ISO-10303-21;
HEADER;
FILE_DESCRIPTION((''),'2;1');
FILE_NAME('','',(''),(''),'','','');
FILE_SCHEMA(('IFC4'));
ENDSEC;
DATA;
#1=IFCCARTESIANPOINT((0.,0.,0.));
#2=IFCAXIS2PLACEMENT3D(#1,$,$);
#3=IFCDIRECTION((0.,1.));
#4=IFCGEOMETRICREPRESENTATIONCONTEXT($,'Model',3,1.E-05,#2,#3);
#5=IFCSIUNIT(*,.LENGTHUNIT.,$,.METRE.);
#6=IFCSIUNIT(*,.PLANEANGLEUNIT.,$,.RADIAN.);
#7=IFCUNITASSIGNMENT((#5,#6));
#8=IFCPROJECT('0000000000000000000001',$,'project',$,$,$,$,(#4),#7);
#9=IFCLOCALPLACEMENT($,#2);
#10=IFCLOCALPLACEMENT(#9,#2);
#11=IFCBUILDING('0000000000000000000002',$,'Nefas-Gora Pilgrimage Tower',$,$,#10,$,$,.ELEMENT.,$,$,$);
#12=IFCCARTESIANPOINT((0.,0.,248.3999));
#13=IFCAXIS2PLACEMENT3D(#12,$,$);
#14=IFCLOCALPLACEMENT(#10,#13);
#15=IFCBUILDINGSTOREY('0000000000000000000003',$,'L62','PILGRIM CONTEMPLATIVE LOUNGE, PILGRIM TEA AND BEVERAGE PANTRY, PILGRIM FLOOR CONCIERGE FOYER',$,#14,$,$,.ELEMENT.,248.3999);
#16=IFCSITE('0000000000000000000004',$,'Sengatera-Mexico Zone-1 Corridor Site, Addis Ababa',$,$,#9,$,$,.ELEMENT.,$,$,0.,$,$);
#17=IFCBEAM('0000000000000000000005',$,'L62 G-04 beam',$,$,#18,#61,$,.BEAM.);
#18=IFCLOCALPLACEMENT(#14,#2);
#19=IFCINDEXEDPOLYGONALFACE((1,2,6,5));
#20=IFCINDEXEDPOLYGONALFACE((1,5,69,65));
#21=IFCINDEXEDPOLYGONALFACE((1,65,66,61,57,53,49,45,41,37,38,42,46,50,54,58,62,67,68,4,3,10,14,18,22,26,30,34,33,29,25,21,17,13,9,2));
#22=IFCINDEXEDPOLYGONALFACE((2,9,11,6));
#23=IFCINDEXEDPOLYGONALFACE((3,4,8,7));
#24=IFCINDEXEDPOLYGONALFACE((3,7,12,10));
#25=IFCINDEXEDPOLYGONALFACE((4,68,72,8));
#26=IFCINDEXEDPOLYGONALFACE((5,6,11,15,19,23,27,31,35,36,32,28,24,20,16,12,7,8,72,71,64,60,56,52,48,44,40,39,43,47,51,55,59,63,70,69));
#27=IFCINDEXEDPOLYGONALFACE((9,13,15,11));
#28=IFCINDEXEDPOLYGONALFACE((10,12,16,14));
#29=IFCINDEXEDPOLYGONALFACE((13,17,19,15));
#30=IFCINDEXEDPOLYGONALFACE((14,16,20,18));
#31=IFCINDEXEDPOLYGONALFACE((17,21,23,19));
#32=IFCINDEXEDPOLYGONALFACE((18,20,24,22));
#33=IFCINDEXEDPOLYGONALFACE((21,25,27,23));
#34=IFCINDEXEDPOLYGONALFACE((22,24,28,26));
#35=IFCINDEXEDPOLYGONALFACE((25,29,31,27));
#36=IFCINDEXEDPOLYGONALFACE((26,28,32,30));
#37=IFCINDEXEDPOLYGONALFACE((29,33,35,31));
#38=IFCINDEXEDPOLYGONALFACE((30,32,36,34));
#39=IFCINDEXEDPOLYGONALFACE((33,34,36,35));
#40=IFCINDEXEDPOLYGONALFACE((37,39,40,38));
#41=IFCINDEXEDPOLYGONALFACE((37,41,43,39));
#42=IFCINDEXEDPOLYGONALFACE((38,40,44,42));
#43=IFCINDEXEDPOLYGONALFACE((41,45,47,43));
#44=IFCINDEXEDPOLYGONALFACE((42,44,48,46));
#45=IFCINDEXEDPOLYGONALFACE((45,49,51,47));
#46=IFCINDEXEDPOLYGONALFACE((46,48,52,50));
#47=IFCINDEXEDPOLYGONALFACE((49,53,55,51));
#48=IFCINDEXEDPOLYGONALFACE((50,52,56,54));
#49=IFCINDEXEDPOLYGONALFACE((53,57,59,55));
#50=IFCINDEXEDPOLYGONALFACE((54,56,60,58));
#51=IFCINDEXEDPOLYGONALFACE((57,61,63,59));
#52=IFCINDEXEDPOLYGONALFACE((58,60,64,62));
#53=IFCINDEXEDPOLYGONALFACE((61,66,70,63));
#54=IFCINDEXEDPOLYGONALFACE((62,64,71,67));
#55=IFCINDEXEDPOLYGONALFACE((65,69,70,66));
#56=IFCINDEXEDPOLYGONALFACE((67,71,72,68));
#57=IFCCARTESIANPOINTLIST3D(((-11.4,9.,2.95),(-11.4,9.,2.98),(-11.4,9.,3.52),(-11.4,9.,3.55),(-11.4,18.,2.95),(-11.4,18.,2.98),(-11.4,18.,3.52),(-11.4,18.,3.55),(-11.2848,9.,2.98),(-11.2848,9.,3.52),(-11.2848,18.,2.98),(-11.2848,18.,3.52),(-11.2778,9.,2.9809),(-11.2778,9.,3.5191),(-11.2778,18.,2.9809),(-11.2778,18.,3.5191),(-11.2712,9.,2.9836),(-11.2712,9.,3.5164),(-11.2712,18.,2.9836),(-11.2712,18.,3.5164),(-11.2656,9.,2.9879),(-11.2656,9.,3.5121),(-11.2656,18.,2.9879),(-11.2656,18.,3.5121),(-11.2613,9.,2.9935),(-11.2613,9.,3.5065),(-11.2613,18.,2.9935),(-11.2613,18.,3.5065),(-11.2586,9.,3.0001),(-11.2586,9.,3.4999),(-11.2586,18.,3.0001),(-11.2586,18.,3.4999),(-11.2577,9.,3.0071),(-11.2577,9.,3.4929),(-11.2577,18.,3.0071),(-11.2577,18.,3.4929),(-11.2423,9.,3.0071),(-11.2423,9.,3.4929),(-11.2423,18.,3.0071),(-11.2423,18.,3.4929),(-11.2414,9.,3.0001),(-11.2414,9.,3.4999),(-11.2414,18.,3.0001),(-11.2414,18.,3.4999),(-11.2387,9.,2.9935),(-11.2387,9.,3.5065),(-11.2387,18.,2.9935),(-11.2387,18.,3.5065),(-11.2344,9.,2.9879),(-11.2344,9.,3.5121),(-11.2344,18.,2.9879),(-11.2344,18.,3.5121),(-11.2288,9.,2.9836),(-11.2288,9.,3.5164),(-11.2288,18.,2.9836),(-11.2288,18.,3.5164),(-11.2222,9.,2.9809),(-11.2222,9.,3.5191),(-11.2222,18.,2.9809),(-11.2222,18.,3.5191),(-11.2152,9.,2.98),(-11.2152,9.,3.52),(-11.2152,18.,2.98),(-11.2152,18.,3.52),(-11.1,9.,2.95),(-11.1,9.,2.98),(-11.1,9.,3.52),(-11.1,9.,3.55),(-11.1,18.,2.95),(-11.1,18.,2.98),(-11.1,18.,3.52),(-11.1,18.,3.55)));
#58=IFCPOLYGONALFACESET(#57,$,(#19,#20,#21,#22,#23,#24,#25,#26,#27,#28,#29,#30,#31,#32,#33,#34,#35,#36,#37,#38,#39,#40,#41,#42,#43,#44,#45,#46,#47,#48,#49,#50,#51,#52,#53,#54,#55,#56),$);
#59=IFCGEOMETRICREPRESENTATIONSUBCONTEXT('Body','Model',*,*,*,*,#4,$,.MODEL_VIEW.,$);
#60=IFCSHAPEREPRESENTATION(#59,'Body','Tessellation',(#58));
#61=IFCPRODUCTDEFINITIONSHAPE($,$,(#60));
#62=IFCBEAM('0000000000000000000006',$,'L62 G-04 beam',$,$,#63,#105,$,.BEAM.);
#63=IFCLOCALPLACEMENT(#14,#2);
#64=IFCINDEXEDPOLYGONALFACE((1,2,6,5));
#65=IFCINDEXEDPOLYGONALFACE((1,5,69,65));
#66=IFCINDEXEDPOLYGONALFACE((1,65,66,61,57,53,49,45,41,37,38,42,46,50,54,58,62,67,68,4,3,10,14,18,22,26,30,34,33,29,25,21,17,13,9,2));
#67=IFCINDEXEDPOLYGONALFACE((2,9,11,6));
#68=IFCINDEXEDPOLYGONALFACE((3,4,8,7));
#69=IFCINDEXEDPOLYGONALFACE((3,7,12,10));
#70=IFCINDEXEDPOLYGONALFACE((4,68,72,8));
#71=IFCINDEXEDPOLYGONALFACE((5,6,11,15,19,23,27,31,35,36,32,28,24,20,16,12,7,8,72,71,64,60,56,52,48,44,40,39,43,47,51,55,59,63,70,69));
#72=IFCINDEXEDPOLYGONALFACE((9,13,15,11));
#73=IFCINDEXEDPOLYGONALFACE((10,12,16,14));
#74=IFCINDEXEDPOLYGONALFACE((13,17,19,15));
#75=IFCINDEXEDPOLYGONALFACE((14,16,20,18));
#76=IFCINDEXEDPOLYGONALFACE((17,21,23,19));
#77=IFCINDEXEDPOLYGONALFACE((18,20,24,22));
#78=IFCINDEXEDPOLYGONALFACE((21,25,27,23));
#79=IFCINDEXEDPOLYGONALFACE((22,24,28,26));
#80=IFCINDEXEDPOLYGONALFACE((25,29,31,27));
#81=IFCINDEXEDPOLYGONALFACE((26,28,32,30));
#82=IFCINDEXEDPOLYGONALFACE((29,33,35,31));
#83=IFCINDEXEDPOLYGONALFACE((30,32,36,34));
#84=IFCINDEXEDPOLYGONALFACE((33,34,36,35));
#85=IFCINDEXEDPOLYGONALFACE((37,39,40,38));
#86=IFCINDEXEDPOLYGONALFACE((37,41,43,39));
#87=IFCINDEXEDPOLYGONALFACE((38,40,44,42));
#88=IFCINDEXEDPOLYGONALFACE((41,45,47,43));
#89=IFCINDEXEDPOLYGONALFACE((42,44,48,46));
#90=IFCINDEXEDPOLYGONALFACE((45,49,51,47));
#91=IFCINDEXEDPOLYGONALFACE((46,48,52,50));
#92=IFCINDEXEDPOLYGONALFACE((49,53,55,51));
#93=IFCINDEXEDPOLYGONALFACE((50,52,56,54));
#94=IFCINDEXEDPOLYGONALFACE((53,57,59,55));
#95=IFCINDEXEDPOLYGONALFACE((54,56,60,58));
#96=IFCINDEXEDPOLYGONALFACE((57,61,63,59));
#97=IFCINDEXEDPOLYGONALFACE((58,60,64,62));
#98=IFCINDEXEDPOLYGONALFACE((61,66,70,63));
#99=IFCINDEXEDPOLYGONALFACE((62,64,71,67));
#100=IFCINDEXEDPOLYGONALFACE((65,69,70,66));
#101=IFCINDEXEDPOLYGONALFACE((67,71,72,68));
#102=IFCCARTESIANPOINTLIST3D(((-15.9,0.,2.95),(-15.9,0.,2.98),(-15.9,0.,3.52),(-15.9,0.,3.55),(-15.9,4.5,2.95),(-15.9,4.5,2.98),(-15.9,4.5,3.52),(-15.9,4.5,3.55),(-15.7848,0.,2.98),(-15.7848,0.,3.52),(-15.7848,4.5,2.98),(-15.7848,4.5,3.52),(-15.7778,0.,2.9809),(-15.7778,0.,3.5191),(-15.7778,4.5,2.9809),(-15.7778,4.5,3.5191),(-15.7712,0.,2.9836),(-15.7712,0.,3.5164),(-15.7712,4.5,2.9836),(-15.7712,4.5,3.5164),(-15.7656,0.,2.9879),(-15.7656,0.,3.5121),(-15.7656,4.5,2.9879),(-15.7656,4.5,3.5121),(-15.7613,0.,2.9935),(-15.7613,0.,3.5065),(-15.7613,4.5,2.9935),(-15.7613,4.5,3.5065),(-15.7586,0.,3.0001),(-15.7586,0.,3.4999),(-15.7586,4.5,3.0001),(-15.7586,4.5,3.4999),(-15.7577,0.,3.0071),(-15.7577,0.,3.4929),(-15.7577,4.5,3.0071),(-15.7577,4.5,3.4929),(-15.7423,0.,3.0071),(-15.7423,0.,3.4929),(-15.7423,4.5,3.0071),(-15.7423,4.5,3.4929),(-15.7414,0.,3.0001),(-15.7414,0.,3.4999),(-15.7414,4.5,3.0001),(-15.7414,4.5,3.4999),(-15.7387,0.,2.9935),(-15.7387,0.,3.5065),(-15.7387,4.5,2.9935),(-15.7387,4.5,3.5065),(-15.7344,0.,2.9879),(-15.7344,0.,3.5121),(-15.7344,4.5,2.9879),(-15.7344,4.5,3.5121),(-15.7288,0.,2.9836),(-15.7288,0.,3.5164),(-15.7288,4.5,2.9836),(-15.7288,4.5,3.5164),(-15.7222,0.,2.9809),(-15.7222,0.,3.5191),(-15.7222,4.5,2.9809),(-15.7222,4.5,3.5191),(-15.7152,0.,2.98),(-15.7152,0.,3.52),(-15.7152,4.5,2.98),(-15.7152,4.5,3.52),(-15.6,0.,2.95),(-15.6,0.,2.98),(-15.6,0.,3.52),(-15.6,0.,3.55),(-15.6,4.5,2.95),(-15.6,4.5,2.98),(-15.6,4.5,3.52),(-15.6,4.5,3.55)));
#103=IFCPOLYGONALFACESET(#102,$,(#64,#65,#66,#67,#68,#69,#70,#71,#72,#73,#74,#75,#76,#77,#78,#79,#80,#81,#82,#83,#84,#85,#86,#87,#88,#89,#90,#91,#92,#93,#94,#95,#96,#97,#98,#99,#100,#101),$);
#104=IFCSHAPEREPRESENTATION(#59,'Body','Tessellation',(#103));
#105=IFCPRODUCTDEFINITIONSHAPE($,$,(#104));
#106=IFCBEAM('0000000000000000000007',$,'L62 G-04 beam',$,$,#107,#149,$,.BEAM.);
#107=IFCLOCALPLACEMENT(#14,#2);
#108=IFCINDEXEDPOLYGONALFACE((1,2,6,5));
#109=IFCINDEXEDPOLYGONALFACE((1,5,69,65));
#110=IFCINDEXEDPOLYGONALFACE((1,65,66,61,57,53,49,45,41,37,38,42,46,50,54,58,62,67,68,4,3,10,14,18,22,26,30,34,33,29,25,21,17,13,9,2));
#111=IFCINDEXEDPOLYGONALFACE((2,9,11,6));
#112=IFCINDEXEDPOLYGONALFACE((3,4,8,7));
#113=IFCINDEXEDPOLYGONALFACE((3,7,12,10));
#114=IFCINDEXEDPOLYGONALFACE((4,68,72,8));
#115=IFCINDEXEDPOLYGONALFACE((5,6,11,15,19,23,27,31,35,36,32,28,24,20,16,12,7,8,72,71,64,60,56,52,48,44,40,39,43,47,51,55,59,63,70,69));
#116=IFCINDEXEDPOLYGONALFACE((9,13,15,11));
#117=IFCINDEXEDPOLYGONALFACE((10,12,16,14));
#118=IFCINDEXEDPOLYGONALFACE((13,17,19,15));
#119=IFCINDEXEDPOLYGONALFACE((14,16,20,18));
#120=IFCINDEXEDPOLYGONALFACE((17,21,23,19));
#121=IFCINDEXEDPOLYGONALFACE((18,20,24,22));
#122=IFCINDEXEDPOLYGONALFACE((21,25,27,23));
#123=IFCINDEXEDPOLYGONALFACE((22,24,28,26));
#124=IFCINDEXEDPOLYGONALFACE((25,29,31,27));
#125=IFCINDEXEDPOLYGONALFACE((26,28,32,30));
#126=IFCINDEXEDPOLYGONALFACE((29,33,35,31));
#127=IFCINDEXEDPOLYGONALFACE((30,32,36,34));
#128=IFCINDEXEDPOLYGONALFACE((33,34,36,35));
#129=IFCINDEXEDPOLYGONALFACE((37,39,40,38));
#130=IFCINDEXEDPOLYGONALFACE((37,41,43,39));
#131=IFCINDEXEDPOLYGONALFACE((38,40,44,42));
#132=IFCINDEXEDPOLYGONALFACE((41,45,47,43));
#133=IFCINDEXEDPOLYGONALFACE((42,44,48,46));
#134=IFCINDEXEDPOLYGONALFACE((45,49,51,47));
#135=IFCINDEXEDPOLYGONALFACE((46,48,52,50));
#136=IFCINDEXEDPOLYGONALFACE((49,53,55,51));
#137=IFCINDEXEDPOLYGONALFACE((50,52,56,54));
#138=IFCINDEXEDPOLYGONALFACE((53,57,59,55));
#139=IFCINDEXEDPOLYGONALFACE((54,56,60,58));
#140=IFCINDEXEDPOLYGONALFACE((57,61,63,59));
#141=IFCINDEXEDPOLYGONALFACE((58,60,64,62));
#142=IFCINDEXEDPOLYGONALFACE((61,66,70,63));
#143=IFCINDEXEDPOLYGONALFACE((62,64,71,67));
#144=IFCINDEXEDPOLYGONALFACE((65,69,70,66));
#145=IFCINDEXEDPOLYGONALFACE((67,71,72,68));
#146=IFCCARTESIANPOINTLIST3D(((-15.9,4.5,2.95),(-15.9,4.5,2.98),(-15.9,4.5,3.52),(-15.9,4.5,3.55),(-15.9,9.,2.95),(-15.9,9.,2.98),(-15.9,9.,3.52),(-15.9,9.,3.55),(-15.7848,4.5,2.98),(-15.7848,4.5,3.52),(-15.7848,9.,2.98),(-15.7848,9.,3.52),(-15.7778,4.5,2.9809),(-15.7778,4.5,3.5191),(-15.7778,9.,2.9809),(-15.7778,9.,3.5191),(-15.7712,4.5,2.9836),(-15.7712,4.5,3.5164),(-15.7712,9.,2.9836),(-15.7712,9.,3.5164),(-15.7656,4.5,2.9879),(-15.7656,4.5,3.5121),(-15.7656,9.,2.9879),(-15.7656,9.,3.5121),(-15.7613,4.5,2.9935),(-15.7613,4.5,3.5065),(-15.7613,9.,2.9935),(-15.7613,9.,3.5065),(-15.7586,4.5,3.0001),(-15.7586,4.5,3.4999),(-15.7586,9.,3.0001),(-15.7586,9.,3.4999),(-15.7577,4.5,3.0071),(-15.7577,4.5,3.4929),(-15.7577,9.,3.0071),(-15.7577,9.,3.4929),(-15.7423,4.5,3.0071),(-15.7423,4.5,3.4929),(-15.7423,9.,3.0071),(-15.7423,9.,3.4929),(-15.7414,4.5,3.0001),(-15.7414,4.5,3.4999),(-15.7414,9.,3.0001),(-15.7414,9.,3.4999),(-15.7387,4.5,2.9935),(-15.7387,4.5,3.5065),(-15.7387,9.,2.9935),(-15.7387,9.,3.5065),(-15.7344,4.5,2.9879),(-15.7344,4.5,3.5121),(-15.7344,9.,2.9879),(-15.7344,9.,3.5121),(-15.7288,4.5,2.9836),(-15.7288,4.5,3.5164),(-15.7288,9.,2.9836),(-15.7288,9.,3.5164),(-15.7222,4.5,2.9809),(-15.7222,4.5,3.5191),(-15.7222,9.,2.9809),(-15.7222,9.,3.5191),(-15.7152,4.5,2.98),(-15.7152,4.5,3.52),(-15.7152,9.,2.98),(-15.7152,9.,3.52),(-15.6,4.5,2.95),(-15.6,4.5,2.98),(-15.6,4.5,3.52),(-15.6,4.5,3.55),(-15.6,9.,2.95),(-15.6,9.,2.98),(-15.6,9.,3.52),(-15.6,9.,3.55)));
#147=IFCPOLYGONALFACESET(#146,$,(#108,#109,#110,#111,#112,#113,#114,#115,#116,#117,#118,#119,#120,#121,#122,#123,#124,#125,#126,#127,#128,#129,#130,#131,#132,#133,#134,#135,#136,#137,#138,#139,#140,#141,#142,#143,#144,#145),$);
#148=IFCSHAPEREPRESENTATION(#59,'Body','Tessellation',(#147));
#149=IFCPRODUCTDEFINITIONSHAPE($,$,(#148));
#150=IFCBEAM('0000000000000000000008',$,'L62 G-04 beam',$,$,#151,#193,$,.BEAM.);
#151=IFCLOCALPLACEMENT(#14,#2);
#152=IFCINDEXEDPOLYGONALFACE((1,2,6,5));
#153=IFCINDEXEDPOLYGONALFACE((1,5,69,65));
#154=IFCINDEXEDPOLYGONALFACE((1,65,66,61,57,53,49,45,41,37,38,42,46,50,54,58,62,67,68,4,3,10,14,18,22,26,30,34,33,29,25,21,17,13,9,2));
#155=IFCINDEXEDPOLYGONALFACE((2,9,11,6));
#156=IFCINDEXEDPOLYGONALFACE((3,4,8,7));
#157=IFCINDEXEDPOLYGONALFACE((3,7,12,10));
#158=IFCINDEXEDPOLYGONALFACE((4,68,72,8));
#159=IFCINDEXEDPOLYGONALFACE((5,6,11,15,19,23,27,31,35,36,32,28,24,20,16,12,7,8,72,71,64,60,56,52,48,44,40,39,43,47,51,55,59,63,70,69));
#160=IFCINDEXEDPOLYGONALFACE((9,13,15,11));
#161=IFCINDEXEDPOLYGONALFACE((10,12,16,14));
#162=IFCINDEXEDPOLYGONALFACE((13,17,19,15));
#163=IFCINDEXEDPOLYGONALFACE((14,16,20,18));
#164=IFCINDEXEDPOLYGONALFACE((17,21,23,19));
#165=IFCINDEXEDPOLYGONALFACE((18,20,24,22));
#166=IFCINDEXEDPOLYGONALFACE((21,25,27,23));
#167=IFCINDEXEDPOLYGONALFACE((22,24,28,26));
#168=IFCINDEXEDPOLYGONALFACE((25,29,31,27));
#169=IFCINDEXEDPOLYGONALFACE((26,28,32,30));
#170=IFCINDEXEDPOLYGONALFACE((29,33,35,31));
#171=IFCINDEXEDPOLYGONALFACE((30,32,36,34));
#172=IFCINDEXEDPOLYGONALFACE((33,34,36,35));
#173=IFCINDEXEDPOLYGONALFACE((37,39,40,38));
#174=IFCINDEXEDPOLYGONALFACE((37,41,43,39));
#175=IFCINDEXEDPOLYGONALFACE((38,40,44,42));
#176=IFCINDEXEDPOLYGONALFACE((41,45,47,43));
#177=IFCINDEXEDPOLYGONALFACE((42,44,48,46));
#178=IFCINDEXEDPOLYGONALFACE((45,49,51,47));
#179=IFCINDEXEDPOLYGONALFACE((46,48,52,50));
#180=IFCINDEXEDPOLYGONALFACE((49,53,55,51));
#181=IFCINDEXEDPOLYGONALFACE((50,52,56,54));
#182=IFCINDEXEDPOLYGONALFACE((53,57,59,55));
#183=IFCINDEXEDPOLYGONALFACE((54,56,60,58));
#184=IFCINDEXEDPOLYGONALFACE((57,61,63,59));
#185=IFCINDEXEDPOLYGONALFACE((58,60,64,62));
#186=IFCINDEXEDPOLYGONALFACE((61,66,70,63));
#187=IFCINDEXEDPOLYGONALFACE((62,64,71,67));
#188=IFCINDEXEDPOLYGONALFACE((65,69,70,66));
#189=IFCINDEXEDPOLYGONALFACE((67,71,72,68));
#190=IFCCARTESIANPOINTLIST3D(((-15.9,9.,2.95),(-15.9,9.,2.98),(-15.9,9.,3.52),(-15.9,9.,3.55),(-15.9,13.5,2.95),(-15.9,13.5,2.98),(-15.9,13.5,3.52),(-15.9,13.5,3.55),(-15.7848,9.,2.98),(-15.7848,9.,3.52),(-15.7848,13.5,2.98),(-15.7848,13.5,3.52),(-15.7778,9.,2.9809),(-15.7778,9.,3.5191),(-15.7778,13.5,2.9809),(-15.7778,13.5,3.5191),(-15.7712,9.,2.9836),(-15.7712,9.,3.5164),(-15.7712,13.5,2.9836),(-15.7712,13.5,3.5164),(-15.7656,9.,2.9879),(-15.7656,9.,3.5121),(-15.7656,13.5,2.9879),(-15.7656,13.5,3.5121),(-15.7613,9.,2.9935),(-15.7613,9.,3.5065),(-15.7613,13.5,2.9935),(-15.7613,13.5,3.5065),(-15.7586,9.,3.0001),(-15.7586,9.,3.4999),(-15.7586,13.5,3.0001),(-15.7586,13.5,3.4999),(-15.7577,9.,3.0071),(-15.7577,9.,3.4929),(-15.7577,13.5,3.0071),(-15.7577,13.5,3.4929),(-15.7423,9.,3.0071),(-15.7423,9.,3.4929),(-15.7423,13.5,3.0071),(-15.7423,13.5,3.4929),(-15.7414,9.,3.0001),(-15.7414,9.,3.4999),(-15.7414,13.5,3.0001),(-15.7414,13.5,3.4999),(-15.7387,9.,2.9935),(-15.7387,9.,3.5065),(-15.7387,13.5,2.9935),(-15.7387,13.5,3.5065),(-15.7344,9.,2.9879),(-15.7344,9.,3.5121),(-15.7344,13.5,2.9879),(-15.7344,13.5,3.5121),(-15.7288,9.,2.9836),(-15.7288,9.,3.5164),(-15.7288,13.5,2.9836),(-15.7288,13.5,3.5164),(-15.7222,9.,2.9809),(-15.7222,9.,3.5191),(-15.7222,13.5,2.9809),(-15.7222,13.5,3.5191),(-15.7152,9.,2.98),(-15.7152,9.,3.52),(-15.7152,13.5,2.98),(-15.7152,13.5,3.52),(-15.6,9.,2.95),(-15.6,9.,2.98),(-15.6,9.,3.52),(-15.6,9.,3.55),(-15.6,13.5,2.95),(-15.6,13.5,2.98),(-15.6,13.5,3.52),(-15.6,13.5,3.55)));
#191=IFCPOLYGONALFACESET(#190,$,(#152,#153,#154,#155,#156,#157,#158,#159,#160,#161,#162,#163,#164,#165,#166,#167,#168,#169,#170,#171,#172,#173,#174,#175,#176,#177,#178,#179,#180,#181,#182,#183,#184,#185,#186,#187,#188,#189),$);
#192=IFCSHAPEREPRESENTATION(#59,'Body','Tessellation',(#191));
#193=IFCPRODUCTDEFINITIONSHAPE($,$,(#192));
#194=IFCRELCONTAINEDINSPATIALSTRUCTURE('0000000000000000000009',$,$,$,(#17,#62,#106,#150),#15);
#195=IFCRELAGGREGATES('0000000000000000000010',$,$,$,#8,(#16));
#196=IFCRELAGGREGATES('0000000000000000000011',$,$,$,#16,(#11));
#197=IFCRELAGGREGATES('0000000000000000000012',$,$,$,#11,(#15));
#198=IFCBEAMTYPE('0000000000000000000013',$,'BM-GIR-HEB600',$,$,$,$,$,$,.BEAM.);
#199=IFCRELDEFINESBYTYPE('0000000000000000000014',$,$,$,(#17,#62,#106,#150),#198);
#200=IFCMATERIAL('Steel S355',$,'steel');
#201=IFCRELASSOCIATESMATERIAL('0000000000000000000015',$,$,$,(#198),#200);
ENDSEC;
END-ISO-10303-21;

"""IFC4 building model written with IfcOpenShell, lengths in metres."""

from ifc_helpers import new_model, si_unit, direction, frame, origin, origin_2d, place, context, subcontext, project, spatial, i_section, extrude, source, transform, mapped, material, material_profile, profile_set, type_object, element, save


model = new_model("IFC4")

# Units and contexts
model_context = context("Model", 3, precision=1e-05, world=origin(), true_north=direction((0.0, 1.0)))
body_context = subcontext(model_context, "Body", "Model", "MODEL_VIEW")
ifc_project = project(units=[si_unit("LENGTHUNIT", "METRE"), si_unit("PLANEANGLEUNIT", "RADIAN")], contexts=[model_context])

# Site, building, storey
site_placement = place(None, origin())
site = spatial("IfcSite", under=ifc_project, at=site_placement, Name="Sengatera-Mexico Zone-1 Corridor Site, Addis Ababa", CompositionType="ELEMENT", RefElevation=0.0)
building_placement = place(site_placement, origin())
building = spatial("IfcBuilding", under=site, at=building_placement, Name="Nefas-Gora Pilgrimage Tower", CompositionType="ELEMENT")
storey_placement = place(building_placement, frame((0.0, 0.0, 248.3999)))
storey = spatial("IfcBuildingStorey", under=building, at=storey_placement, Name="L62", Description="PILGRIM CONTEMPLATIVE LOUNGE, PILGRIM TEA AND BEVERAGE PANTRY, PILGRIM FLOOR CONCIERGE FOYER", CompositionType="ELEMENT", Elevation=248.3999)

# Beams
ifc_material_1 = material(Name="Steel S355", Category="steel")
ifc_material_profile_1 = material_profile(ifc_material_1, i_section(OverallWidth=0.3, OverallDepth=0.6001, WebThickness=0.0154, FlangeThickness=0.03, FilletRadius=0.0271, at=origin_2d()), Name="HEB 600")
ifc_profile_set_1 = profile_set([ifc_material_profile_1], Name="Steel S355")
beam_type_1 = type_object("IfcBeamType", Name="BM-GIR-HEB600", PredefinedType="BEAM", material=ifc_profile_set_1)
shared_shape_1 = source(origin(), body_context, "Body", "SweptSolid", [
    extrude(i_section(OverallWidth=0.3, OverallDepth=0.6001, WebThickness=0.0154, FlangeThickness=0.03, FilletRadius=0.0271, at=origin_2d()), origin(), (0.0, 0.0, 1.0), 9.0),
])
for number, where, z_axis, x_axis, name in (
    (1, (-11.25, 9.0, 3.25), (0.0, 1.0, 0.0), (-1.0, 0.0, 0.0), "L62 G-04 beam"),
):
    element("IfcBeam", number, at=place(storey_placement, frame(where, z_axis=z_axis, x_axis=x_axis)), inside=storey, type_object=beam_type_1, Name=name, PredefinedType="BEAM", context=body_context, shape_type="MappedRepresentation", body=[
        mapped(shared_shape_1, transform((0.0, 0.0, 0.0), x_axis=(1.0, 0.0, 0.0), y_axis=(0.0, 1.0, 0.0), z_axis=(0.0, 0.0, 1.0), scale=1.0)),
    ])
shared_shape_2 = source(origin(), body_context, "Body", "SweptSolid", [
    extrude(i_section(OverallWidth=0.3, OverallDepth=0.6001, WebThickness=0.0154, FlangeThickness=0.03, FilletRadius=0.0271, at=origin_2d()), origin(), (0.0, 0.0, 1.0), 4.5),
])
for number, where, z_axis, x_axis, name in (
    (2, (-15.75, 0.0, 3.25), (0.0, 1.0, 0.0), (-1.0, 0.0, 0.0), "L62 G-04 beam"),
    (3, (-15.75, 4.5, 3.25), (0.0, 1.0, 0.0), (-1.0, 0.0, 0.0), "L62 G-04 beam"),
    (4, (-15.75, 9.0, 3.25), (0.0, 1.0, 0.0), (-1.0, 0.0, 0.0), "L62 G-04 beam"),
):
    element("IfcBeam", number, at=place(storey_placement, frame(where, z_axis=z_axis, x_axis=x_axis)), inside=storey, type_object=beam_type_1, Name=name, PredefinedType="BEAM", context=body_context, shape_type="MappedRepresentation", body=[
        mapped(shared_shape_2, transform((0.0, 0.0, 0.0), x_axis=(1.0, 0.0, 0.0), y_axis=(0.0, 1.0, 0.0), z_axis=(0.0, 0.0, 1.0), scale=1.0)),
    ])

save(model, "model.ifc")
